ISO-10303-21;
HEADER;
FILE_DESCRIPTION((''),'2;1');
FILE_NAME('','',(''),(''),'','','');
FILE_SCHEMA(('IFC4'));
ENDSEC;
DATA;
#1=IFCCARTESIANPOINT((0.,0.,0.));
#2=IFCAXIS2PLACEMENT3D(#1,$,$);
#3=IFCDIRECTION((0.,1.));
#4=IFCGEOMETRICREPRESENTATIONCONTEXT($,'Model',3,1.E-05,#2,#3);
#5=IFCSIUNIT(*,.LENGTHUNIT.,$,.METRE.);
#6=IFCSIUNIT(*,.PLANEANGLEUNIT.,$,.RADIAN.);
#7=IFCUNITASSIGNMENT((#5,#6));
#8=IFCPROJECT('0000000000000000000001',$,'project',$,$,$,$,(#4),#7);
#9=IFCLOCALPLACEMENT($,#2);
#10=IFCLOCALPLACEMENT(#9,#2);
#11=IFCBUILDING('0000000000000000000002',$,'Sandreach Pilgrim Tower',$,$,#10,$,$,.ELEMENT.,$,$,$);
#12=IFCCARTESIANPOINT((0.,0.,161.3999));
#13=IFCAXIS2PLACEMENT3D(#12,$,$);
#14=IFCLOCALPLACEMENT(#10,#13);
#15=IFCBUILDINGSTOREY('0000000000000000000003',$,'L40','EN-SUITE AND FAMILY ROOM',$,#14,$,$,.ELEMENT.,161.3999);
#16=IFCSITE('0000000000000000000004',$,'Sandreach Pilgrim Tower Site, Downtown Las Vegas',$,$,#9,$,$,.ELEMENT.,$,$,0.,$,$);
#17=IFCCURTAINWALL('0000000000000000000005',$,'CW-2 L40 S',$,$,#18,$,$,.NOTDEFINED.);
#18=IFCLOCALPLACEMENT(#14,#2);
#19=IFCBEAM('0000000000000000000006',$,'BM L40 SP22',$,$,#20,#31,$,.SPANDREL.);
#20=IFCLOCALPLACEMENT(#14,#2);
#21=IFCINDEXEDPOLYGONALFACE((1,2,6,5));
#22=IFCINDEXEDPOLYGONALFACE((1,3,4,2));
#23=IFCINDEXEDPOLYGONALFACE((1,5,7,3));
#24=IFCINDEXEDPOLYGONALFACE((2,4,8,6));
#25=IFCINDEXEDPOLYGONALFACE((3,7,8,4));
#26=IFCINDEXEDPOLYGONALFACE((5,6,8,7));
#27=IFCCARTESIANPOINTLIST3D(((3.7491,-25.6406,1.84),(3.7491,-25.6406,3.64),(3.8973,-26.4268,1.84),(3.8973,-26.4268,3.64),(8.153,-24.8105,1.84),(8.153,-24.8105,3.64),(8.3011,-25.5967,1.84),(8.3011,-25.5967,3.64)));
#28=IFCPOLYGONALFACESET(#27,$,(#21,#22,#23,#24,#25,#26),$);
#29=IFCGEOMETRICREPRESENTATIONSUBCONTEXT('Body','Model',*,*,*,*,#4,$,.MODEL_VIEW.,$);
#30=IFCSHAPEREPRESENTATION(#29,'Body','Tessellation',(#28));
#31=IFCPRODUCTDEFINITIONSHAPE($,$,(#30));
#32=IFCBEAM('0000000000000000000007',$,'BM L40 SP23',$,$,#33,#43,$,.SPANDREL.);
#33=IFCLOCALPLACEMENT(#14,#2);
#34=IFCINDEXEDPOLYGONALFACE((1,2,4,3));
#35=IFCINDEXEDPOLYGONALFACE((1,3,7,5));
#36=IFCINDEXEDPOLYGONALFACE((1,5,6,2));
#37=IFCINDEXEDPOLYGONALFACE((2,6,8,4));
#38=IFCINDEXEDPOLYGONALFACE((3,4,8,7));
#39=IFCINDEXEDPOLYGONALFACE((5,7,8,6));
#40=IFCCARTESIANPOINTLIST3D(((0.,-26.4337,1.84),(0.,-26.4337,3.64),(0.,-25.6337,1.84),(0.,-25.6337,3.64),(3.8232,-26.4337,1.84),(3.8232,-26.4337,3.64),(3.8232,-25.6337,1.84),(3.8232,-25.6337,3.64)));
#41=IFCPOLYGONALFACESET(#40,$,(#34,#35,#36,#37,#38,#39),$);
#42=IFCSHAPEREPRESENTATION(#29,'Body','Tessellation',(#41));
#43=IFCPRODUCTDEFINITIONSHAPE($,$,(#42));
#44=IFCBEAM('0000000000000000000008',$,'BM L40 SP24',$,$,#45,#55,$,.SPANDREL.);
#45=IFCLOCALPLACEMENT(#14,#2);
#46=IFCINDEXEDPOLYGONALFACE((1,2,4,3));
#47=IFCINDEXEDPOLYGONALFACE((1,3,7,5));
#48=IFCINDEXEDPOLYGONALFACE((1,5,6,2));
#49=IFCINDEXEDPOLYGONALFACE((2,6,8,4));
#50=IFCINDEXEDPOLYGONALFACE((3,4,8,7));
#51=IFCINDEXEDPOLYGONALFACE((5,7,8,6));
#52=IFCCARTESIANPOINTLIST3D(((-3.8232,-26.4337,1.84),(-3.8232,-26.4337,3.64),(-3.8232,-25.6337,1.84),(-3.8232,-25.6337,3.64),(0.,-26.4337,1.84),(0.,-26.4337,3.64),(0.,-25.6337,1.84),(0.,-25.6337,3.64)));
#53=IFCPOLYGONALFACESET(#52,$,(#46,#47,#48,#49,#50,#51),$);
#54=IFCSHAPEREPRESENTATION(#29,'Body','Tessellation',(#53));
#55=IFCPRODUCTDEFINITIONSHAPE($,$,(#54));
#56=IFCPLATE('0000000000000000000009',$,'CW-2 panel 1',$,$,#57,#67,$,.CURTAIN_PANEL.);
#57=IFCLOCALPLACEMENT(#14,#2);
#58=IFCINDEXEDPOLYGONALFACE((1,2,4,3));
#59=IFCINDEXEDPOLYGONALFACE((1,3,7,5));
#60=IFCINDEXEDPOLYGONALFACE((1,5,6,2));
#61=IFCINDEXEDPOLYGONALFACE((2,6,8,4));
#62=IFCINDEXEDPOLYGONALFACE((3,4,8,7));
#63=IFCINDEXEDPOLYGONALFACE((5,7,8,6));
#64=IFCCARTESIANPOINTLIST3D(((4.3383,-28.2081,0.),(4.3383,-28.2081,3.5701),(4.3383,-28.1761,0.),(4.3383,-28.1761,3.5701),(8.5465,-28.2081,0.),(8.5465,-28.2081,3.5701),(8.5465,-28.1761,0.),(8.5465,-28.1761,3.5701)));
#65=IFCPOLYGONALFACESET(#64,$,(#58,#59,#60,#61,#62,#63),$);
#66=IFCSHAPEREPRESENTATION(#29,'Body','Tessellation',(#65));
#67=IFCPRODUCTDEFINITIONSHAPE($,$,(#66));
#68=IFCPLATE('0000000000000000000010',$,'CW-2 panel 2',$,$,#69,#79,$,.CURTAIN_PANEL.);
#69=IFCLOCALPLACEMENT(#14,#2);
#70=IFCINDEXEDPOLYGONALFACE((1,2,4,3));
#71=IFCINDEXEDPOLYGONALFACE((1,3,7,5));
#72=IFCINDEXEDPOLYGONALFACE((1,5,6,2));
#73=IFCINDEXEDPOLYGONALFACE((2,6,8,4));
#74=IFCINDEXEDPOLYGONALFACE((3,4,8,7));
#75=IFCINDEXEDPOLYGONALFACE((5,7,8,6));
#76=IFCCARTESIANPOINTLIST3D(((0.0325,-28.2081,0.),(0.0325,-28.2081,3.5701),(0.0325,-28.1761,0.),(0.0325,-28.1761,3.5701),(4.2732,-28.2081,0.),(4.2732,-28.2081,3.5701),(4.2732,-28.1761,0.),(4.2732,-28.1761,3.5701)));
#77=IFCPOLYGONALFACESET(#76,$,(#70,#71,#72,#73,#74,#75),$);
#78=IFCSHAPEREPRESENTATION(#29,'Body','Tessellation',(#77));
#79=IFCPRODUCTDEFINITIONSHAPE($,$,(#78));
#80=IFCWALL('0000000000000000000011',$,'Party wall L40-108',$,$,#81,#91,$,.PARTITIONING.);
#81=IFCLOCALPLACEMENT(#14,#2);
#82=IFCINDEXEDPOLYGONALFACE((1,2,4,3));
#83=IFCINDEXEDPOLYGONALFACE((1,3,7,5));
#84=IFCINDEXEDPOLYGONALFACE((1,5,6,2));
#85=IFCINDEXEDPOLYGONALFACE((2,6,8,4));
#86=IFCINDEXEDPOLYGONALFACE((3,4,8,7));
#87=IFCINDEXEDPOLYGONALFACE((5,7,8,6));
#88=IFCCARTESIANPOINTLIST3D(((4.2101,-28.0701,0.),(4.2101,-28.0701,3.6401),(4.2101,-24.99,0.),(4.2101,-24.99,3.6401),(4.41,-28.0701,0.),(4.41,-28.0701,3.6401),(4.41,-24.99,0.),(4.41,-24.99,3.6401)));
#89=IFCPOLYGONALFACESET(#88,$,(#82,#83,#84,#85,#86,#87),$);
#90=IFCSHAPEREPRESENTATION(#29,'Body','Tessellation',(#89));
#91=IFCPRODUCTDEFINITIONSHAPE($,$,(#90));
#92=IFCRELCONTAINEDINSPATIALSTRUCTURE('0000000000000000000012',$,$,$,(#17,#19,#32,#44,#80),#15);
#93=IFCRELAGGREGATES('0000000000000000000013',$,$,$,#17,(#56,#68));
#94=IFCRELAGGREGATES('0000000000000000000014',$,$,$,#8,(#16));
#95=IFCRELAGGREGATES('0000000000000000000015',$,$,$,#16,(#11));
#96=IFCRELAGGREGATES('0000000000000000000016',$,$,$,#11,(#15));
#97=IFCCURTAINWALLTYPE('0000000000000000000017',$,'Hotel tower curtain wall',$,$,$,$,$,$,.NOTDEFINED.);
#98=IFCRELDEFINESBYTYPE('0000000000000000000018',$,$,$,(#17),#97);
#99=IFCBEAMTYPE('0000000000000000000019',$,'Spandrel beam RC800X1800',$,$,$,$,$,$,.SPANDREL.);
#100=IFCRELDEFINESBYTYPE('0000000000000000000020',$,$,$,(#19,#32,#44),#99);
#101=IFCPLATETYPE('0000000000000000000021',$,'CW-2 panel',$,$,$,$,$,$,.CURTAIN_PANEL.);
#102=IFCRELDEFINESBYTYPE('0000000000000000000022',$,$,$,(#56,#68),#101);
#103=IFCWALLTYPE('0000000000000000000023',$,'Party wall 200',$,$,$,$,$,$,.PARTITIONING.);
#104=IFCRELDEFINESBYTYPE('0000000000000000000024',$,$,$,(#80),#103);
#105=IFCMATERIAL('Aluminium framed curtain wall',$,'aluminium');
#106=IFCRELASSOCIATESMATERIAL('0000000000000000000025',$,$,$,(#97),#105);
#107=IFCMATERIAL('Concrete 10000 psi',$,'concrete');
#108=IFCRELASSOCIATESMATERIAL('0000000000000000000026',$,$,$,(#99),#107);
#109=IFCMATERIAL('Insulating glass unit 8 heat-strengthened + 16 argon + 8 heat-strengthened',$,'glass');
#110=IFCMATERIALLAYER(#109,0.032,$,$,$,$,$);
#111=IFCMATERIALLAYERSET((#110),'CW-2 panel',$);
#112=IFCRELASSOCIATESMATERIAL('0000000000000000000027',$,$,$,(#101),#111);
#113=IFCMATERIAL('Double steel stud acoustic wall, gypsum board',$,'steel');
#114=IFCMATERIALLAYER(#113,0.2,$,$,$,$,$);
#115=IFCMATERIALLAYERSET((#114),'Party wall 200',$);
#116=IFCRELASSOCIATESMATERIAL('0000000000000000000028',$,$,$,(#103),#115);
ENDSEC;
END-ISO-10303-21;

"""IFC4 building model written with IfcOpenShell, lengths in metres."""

from ifc_helpers import new_model, si_unit, direction, frame, frame_2d, origin, origin_2d, place, context, subcontext, project, spatial, rectangle, extrude, material, layer, layer_set, material_profile, profile_set, type_object, element, aggregate, save


model = new_model("IFC4")

# Units and contexts
model_context = context("Model", 3, precision=1e-05, world=origin(), true_north=direction((0.0, 1.0)))
body_context = subcontext(model_context, "Body", "Model", "MODEL_VIEW")
ifc_project = project(units=[si_unit("LENGTHUNIT", "METRE"), si_unit("PLANEANGLEUNIT", "RADIAN")], contexts=[model_context])

# Site, building, storey
site_placement = place(None, origin())
site = spatial("IfcSite", under=ifc_project, at=site_placement, Name="Sandreach Pilgrim Tower Site, Downtown Las Vegas", CompositionType="ELEMENT", RefElevation=0.0)
building_placement = place(site_placement, origin())
building = spatial("IfcBuilding", under=site, at=building_placement, Name="Sandreach Pilgrim Tower", CompositionType="ELEMENT")
storey_placement = place(building_placement, frame((0.0, 0.0, 161.3999)))
storey = spatial("IfcBuildingStorey", under=building, at=storey_placement, Name="L40", Description="EN-SUITE AND FAMILY ROOM", CompositionType="ELEMENT", Elevation=161.3999)

# Curtain wall
ifc_material_1 = material(Name="Aluminium framed curtain wall", Category="aluminium")
curtain_wall_type = type_object("IfcCurtainWallType", Name="Hotel tower curtain wall", PredefinedType="NOTDEFINED", material=ifc_material_1)
curtain_wall_placement = place(storey_placement, origin())
curtain_wall = element("IfcCurtainWall", 1, at=curtain_wall_placement, inside=storey, type_object=curtain_wall_type, Name="CW-2 L40 S", PredefinedType="NOTDEFINED")

# Beams
ifc_material_2 = material(Name="Concrete 10000 psi", Category="concrete")
ifc_material_profile_1 = material_profile(ifc_material_2, rectangle(XDim=0.8, YDim=1.8, at=origin_2d()), Name="RC800X1800")
ifc_profile_set_1 = profile_set([ifc_material_profile_1], Name="Concrete 10000 psi")
beam_type_1 = type_object("IfcBeamType", Name="Spandrel beam RC800X1800", PredefinedType="SPANDREL", material=ifc_profile_set_1)
beam_1_placement = place(storey_placement, frame((8.2271, -25.2036, 2.74), z_axis=(-0.982695, -0.185229, 0.0), x_axis=(0.185229, -0.982695, 0.0)))
element("IfcBeam", 2, at=beam_1_placement, inside=storey, type_object=beam_type_1, Name="BM L40 SP22", PredefinedType="SPANDREL", context=body_context, shape_type="SweptSolid", body=[
    extrude(rectangle(XDim=0.8, YDim=1.8, at=origin_2d()), origin(), (0.0, 0.0, 1.0), 4.4814),
])
for number, where, z_axis, x_axis, name in (
    (3, (3.8232, -26.0337, 2.74), (-1.0, 0.0, 0.0), (0.0, -1.0, 0.0), "BM L40 SP23"),
    (4, (0.0, -26.0337, 2.74), (-1.0, 0.0, 0.0), (0.0, -1.0, 0.0), "BM L40 SP24"),
):
    element("IfcBeam", number, at=place(storey_placement, frame(where, z_axis=z_axis, x_axis=x_axis)), inside=storey, type_object=beam_type_1, Name=name, PredefinedType="SPANDREL", context=body_context, shape_type="SweptSolid", body=[
        extrude(rectangle(XDim=0.8, YDim=1.8, at=origin_2d()), origin(), (0.0, 0.0, 1.0), 3.8232),
    ])

# Plates
ifc_material_3 = material(Name="Insulating glass unit 8 heat-strengthened + 16 argon + 8 heat-strengthened", Category="glass")
ifc_layer_1 = layer(ifc_material_3, 0.032)
ifc_layer_set_1 = layer_set([ifc_layer_1], Name="CW-2 panel")
plate_type = type_object("IfcPlateType", Name="CW-2 panel", PredefinedType="CURTAIN_PANEL", material=ifc_layer_set_1)
plate_1_placement = place(storey_placement, frame((6.4424, -28.1921, 0.0), z_axis=(0.0, 0.0, 1.0), x_axis=(-1.0, 0.0, 0.0)))
plate_1 = element("IfcPlate", 5, at=plate_1_placement, type_object=plate_type, Name="CW-2 panel 1", PredefinedType="CURTAIN_PANEL", context=body_context, shape_type="SweptSolid", body=[
    extrude(rectangle(XDim=4.2083, YDim=0.032, at=origin_2d()), origin(), (0.0, 0.0, 1.0), 3.5701),
])
plate_2_placement = place(storey_placement, frame((2.1528, -28.1921, 0.0), z_axis=(0.0, 0.0, 1.0), x_axis=(-1.0, 0.0, 0.0)))
plate_2 = element("IfcPlate", 6, at=plate_2_placement, type_object=plate_type, Name="CW-2 panel 2", PredefinedType="CURTAIN_PANEL", context=body_context, shape_type="SweptSolid", body=[
    extrude(rectangle(XDim=4.2407, YDim=0.032, at=origin_2d()), origin(), (0.0, 0.0, 1.0), 3.5701),
])
aggregate(curtain_wall, [plate_1, plate_2])

# Wall
ifc_material_4 = material(Name="Double steel stud acoustic wall, gypsum board", Category="steel")
ifc_layer_2 = layer(ifc_material_4, 0.2)
ifc_layer_set_2 = layer_set([ifc_layer_2], Name="Party wall 200")
wall_type = type_object("IfcWallType", Name="Party wall 200", PredefinedType="PARTITIONING", material=ifc_layer_set_2)
wall_placement = place(storey_placement, frame((4.3101, -28.0701, 0.0), z_axis=(0.0, 0.0, 1.0), x_axis=(0.0, 1.0, 0.0)))
element("IfcWall", 7, at=wall_placement, inside=storey, type_object=wall_type, Name="Party wall L40-108", PredefinedType="PARTITIONING", context=body_context, shape_type="SweptSolid", body=[
    extrude(rectangle(XDim=3.0801, YDim=0.2, at=frame_2d((1.54, 0.0))), origin(), (0.0, 0.0, 1.0), 3.6401),
])

save(model, "model.ifc")
